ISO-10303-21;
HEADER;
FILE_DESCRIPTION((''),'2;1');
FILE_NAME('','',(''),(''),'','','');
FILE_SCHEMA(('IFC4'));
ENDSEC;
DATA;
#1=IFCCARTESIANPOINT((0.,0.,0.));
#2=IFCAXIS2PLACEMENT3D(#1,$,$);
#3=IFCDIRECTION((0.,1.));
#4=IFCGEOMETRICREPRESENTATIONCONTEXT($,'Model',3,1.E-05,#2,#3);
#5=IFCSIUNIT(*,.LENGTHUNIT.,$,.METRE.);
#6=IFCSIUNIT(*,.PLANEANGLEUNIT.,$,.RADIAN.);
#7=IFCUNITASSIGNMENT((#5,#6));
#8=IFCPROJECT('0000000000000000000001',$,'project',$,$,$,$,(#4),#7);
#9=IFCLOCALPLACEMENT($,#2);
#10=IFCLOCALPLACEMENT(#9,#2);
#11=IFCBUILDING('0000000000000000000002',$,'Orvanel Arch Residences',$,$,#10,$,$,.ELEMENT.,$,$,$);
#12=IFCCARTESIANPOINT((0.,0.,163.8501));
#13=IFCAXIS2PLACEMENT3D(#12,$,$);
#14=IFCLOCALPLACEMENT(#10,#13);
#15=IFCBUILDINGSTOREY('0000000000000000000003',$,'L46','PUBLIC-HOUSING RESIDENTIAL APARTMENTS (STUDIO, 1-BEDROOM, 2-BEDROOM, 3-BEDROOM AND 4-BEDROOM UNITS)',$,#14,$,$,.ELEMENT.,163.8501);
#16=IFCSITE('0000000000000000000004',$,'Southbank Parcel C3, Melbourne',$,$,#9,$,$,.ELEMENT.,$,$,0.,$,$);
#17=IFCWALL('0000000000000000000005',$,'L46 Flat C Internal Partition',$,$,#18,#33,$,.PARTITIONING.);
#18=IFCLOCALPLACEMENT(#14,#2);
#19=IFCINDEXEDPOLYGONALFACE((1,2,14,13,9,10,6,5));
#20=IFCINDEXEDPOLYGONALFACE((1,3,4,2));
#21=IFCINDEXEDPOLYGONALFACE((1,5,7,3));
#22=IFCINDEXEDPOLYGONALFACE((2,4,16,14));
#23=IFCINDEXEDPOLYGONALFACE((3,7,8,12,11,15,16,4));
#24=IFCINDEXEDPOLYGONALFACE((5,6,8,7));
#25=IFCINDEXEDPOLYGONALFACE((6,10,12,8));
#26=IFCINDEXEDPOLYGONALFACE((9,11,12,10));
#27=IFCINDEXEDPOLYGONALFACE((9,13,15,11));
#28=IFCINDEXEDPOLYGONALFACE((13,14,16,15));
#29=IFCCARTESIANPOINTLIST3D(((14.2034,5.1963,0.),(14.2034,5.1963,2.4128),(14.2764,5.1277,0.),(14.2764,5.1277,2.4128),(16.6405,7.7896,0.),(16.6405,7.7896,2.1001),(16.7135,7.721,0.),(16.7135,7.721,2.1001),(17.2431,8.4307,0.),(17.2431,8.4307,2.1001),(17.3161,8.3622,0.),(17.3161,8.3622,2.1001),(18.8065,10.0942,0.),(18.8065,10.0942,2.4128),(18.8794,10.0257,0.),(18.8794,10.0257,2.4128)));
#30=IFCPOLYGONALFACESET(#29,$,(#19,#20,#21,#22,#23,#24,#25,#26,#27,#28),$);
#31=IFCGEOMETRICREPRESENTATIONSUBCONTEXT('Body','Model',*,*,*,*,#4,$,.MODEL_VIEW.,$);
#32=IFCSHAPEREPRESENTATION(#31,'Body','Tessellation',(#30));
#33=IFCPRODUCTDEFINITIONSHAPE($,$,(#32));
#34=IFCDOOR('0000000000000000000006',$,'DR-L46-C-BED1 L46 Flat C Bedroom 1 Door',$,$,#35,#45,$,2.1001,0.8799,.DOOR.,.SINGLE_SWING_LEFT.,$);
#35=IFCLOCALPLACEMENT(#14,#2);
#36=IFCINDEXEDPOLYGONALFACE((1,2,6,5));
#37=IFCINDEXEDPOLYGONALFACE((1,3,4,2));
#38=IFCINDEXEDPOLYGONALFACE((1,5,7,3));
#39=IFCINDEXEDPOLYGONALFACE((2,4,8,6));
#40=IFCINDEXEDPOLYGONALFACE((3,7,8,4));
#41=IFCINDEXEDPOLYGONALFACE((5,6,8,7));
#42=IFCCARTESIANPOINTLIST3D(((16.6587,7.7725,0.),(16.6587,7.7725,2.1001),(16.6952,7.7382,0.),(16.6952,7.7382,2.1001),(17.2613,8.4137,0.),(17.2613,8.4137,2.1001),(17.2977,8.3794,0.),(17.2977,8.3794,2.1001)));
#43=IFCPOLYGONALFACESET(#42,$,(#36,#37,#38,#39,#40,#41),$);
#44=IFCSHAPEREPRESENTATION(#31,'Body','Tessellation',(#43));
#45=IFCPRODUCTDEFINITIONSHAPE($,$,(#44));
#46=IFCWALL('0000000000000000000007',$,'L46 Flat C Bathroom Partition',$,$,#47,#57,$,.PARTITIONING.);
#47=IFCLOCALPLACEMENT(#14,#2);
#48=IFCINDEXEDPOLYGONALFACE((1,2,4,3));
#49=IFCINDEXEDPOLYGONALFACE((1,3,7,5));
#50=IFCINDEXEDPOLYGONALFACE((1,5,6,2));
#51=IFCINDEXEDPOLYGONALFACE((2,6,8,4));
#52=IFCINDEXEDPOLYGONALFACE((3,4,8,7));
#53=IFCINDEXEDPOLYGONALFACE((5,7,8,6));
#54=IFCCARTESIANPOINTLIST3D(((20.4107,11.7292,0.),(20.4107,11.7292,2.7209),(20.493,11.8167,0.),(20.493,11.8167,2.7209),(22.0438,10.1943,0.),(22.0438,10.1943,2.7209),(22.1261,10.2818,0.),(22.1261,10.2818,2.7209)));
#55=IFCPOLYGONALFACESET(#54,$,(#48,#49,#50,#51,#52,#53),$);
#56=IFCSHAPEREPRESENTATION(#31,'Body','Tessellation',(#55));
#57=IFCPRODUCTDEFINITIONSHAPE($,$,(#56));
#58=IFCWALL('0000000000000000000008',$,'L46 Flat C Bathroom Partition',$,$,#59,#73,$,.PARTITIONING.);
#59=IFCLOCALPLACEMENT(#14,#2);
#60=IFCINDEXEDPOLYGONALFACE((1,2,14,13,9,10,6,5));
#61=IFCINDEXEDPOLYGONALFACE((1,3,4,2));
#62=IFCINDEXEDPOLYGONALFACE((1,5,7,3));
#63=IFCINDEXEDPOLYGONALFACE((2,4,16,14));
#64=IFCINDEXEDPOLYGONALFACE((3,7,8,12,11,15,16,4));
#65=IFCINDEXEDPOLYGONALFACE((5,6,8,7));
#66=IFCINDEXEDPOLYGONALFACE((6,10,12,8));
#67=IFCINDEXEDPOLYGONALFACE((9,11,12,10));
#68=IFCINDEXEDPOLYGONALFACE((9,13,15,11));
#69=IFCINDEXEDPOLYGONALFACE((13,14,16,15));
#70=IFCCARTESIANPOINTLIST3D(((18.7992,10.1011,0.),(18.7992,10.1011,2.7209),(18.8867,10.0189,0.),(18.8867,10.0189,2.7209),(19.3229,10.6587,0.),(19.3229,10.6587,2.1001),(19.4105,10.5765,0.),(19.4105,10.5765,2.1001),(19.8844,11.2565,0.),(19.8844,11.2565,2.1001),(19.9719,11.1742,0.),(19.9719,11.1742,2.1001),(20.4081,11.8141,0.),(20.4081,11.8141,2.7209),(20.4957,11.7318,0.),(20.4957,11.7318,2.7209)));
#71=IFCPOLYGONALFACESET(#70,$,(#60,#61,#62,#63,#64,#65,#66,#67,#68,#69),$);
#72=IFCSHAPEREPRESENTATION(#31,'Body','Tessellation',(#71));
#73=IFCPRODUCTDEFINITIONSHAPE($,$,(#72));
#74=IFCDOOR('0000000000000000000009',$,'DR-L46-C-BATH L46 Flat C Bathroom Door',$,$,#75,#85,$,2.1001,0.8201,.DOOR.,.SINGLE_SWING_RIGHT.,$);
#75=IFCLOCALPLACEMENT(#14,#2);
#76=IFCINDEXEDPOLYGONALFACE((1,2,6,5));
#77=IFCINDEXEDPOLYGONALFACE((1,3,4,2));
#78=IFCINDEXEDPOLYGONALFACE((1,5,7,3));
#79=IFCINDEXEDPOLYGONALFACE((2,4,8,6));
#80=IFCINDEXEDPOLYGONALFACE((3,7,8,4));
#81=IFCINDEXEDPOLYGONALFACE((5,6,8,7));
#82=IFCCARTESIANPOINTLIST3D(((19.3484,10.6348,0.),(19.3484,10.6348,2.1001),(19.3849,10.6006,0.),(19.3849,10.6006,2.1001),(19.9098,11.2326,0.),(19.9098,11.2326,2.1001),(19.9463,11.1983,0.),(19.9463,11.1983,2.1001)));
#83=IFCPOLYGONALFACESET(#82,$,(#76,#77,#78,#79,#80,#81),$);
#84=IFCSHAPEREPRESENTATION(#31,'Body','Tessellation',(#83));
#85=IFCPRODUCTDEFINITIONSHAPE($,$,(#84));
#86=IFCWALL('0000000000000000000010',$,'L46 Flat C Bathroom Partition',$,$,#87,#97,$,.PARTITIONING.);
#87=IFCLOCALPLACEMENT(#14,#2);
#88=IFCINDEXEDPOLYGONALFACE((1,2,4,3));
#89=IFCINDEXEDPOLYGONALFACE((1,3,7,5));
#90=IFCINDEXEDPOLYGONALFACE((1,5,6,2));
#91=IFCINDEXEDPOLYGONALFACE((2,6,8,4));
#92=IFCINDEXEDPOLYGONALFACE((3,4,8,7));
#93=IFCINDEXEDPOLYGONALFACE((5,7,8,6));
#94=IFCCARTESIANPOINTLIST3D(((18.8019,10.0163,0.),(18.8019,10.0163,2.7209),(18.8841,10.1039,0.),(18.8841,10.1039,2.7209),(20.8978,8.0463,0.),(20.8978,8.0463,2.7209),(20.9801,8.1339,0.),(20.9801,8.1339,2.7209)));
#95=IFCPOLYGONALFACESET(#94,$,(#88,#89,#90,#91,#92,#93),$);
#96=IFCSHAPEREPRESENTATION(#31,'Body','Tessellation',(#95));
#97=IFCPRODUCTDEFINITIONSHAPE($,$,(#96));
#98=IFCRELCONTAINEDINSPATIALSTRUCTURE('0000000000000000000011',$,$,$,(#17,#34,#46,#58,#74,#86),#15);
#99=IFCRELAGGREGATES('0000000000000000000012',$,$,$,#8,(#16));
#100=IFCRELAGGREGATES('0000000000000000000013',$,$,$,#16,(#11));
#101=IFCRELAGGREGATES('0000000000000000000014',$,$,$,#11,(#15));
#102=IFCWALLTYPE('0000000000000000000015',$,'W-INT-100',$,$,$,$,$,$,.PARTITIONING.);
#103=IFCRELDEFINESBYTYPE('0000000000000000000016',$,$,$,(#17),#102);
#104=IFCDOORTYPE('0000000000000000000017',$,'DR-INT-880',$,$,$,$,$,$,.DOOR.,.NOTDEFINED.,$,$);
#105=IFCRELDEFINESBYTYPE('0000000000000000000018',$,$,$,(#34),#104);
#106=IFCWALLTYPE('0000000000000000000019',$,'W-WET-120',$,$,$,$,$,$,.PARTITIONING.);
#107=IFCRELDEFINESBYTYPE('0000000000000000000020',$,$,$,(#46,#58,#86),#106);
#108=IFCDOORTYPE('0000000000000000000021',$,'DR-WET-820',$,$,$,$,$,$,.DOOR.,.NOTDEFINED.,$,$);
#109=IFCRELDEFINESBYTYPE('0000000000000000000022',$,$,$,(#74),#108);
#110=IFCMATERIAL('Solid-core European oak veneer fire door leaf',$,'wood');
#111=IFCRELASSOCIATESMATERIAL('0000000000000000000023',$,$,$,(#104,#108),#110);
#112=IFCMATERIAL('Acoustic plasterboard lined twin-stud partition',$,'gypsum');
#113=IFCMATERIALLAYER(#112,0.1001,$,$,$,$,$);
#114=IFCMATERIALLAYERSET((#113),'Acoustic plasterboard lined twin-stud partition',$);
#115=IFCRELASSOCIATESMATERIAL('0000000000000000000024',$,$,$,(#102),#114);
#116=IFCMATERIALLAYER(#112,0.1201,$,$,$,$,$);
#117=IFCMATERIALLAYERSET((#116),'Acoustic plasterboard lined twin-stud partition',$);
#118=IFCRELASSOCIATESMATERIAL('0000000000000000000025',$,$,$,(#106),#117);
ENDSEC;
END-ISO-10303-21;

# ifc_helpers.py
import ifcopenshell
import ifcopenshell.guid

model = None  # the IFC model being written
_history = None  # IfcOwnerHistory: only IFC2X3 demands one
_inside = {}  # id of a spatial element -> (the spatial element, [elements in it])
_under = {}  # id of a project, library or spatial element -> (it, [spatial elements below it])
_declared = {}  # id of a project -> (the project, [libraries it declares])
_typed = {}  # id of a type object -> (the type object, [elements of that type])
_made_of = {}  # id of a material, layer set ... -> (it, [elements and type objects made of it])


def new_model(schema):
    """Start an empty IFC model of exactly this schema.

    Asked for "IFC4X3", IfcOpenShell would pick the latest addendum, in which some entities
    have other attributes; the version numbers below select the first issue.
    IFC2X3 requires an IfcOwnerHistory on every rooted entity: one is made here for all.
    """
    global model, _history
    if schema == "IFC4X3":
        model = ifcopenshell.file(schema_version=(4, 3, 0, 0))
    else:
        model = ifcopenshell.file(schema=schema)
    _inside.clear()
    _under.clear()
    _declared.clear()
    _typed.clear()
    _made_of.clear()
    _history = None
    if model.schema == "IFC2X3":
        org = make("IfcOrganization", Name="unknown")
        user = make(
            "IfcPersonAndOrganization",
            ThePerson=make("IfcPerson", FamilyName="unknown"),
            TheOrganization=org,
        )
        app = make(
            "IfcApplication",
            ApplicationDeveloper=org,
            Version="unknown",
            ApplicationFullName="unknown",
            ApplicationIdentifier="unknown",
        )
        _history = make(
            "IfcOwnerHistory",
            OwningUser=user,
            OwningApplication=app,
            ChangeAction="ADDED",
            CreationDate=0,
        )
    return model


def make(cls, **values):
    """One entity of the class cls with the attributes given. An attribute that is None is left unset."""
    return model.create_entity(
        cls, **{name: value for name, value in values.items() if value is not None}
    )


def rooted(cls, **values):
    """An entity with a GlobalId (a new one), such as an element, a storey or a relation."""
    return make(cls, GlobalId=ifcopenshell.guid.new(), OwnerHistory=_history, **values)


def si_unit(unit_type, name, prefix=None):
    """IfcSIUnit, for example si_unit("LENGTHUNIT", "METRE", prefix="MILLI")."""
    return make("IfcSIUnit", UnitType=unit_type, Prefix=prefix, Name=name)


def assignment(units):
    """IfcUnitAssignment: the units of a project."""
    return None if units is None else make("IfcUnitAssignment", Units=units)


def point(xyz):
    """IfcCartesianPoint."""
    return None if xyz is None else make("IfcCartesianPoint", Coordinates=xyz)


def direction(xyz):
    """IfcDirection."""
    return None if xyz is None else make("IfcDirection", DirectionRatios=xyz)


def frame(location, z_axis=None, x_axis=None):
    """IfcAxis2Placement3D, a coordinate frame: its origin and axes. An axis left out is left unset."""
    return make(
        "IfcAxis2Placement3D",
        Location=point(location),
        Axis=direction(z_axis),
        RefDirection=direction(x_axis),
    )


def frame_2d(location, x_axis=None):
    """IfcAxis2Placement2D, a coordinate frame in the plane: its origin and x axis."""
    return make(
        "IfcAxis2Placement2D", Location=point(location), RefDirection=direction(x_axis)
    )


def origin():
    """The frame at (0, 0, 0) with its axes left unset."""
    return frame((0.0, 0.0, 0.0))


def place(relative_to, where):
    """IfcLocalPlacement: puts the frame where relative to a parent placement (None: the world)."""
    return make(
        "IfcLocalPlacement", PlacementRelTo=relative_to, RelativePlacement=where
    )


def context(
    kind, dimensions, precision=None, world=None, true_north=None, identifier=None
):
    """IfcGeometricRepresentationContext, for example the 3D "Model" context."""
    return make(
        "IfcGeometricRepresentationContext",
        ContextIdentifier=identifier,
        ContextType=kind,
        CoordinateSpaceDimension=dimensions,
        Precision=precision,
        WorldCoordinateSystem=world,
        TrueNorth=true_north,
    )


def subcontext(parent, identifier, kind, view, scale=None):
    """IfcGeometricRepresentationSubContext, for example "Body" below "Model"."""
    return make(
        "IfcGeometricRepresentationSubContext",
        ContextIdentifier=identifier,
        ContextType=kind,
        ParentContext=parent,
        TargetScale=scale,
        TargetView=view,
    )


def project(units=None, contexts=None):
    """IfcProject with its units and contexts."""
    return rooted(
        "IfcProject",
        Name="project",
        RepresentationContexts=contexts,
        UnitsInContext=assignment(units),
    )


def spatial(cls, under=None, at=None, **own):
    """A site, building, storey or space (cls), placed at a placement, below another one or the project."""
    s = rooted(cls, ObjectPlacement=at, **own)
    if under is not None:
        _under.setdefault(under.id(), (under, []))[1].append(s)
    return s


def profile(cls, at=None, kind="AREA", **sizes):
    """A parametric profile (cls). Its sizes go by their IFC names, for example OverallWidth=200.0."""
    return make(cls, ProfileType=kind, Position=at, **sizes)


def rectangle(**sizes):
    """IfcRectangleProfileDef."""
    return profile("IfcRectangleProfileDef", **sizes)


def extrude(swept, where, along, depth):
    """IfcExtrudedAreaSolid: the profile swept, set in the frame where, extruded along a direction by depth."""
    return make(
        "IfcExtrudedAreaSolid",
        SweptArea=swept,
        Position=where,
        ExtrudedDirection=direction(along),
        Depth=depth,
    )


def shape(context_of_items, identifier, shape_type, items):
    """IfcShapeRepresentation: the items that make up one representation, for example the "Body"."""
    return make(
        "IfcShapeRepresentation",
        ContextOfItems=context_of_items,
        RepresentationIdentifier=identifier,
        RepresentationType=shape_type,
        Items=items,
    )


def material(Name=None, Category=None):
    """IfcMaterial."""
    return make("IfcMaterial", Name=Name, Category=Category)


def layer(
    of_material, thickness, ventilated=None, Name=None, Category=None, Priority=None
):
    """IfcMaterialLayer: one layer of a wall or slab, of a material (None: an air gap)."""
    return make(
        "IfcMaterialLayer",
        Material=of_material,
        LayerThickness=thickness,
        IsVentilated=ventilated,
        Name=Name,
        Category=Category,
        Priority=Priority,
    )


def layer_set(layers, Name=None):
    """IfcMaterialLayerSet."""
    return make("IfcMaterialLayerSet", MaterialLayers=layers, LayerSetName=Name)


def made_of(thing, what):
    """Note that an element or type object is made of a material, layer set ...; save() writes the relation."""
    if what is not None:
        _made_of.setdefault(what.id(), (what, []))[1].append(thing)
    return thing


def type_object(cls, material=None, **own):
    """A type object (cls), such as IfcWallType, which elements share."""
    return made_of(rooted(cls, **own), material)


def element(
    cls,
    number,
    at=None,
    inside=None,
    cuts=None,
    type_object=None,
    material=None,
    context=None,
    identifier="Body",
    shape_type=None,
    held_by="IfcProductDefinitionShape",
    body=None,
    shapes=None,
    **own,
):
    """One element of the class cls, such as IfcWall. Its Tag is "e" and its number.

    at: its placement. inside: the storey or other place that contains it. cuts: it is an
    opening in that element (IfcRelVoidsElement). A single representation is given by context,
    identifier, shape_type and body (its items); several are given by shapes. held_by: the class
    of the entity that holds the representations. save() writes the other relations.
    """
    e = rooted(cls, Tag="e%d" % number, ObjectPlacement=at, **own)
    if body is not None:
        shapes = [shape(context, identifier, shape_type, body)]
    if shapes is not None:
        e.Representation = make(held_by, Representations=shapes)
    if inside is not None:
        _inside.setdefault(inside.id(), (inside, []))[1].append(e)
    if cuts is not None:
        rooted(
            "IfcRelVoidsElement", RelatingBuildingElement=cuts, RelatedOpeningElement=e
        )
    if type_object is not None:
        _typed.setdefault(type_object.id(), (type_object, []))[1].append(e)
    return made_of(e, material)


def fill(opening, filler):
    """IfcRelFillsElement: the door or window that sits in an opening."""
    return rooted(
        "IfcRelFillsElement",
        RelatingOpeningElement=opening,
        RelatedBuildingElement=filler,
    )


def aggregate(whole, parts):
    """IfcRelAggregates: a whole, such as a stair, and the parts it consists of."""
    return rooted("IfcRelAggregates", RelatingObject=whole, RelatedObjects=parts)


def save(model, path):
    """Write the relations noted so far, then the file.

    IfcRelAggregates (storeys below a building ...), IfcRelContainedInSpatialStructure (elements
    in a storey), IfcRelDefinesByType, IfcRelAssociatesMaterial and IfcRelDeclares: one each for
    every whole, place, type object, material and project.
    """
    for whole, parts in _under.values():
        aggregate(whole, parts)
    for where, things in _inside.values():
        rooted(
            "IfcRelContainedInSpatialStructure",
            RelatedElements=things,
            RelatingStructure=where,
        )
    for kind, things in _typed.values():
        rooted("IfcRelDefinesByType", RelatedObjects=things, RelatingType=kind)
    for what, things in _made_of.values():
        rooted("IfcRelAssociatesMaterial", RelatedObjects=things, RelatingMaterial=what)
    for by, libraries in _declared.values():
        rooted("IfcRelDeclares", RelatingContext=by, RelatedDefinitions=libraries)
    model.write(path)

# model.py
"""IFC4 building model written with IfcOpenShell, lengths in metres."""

from ifc_helpers import new_model, si_unit, direction, frame, frame_2d, origin, place, context, subcontext, project, spatial, rectangle, extrude, material, layer, layer_set, type_object, element, fill, save


model = new_model("IFC4")

# Units and contexts
model_context = context("Model", 3, precision=1e-05, world=origin(), true_north=direction((0.0, 1.0)))
body_context = subcontext(model_context, "Body", "Model", "MODEL_VIEW")
ifc_project = project(units=[si_unit("LENGTHUNIT", "METRE"), si_unit("PLANEANGLEUNIT", "RADIAN")], contexts=[model_context])

# Site, building, storey
site_placement = place(None, origin())
site = spatial("IfcSite", under=ifc_project, at=site_placement, Name="Southbank Parcel C3, Melbourne", CompositionType="ELEMENT", RefElevation=0.0)
building_placement = place(site_placement, origin())
building = spatial("IfcBuilding", under=site, at=building_placement, Name="Orvanel Arch Residences", CompositionType="ELEMENT")
storey_placement = place(building_placement, frame((0.0, 0.0, 163.8501)))
storey = spatial("IfcBuildingStorey", under=building, at=storey_placement, Name="L46", Description="PUBLIC-HOUSING RESIDENTIAL APARTMENTS (STUDIO, 1-BEDROOM, 2-BEDROOM, 3-BEDROOM AND 4-BEDROOM UNITS)", CompositionType="ELEMENT", Elevation=163.8501)

# Shared definitions
ifc_material_1 = material(Name="Solid-core European oak veneer fire door leaf", Category="wood")
door_type_1 = type_object("IfcDoorType", Name="DR-INT-880", OperationType="NOTDEFINED", PredefinedType="DOOR", material=ifc_material_1)

# Wall, opening, door
ifc_material_2 = material(Name="Acoustic plasterboard lined twin-stud partition", Category="gypsum")
ifc_layer_1 = layer(ifc_material_2, 0.1001)
ifc_layer_set_1 = layer_set([ifc_layer_1], Name="Acoustic plasterboard lined twin-stud partition")
wall_type_1 = type_object("IfcWallType", Name="W-INT-100", PredefinedType="PARTITIONING", material=ifc_layer_set_1)
wall_1_placement = place(storey_placement, frame((18.843, 10.0601, 0.0), z_axis=(0.0, 0.0, 1.0), x_axis=(-0.684827, -0.728705, 0.0)))
wall_1 = element("IfcWall", 1, at=wall_1_placement, inside=storey, type_object=wall_type_1, Name="L46 Flat C Internal Partition", PredefinedType="PARTITIONING", context=body_context, shape_type="SweptSolid", body=[
    extrude(rectangle(XDim=6.7214, YDim=0.1001, at=frame_2d((3.3608, 0.0))), origin(), (0.0, 0.0, 1.0), 2.4128),
])
opening_1_placement = place(wall_1_placement, frame((2.283, 0.0, 0.0)))
opening_1 = element("IfcOpeningElement", 2, at=opening_1_placement, cuts=wall_1, PredefinedType="OPENING", context=body_context, shape_type="SweptSolid", body=[
    extrude(rectangle(XDim=0.8799, YDim=2.1001, at=frame_2d((0.4399, 1.05))), frame((0.0, 0.0601, 0.0), z_axis=(0.0, -1.0, 0.0), x_axis=(1.0, 0.0, 0.0)), (0.0, 0.0, 1.0), 0.1201),
])
door_1_placement = place(opening_1_placement, origin())
door_1 = element("IfcDoor", 3, at=door_1_placement, inside=storey, type_object=door_type_1, Name="DR-L46-C-BED1 L46 Flat C Bedroom 1 Door", OperationType="SINGLE_SWING_LEFT", OverallHeight=2.1001, OverallWidth=0.8799, PredefinedType="DOOR", context=body_context, shape_type="SweptSolid", body=[
    extrude(rectangle(XDim=0.8799, YDim=2.1001, at=frame_2d((0.4399, 1.05))), frame((0.0, 0.0249, 0.0), z_axis=(0.0, -1.0, 0.0), x_axis=(1.0, 0.0, 0.0)), (0.0, 0.0, 1.0), 0.05),
])
fill(opening_1, door_1)

# Wall
ifc_layer_2 = layer(ifc_material_2, 0.1201)
ifc_layer_set_2 = layer_set([ifc_layer_2], Name="Acoustic plasterboard lined twin-stud partition")
wall_type_2 = type_object("IfcWallType", Name="W-WET-120", PredefinedType="PARTITIONING", material=ifc_layer_set_2)
wall_2_placement = place(storey_placement, frame((22.085, 10.238, 0.0), z_axis=(0.0, 0.0, 1.0), x_axis=(-0.728664, 0.684872, 0.0)))
element("IfcWall", 4, at=wall_2_placement, inside=storey, type_object=wall_type_2, Name="L46 Flat C Bathroom Partition", PredefinedType="PARTITIONING", context=body_context, shape_type="SweptSolid", body=[
    extrude(rectangle(XDim=2.2412, YDim=0.1201, at=frame_2d((1.1206, 0.0))), origin(), (0.0, 0.0, 1.0), 2.7209),
])

# Wall, opening, door
wall_3_placement = place(storey_placement, frame((20.4519, 11.7729, 0.0), z_axis=(0.0, 0.0, 1.0), x_axis=(-0.684632, -0.728889, 0.0)))
wall_3 = element("IfcWall", 5, at=wall_3_placement, inside=storey, type_object=wall_type_2, Name="L46 Flat C Bathroom Partition", PredefinedType="PARTITIONING", context=body_context, shape_type="SweptSolid", body=[
    extrude(rectangle(XDim=2.3501, YDim=0.1201, at=frame_2d((1.175, 0.0))), origin(), (0.0, 0.0, 1.0), 2.7209),
])
opening_2_placement = place(wall_3_placement, frame((0.7649, 0.0, 0.0)))
opening_2 = element("IfcOpeningElement", 6, at=opening_2_placement, cuts=wall_3, PredefinedType="OPENING", context=body_context, shape_type="SweptSolid", body=[
    extrude(rectangle(XDim=0.8201, YDim=2.1001, at=frame_2d((0.4102, 1.05))), frame((0.0, 0.0701, 0.0), z_axis=(0.0, -1.0, 0.0), x_axis=(1.0, 0.0, 0.0)), (0.0, 0.0, 1.0), 0.1401),
])
door_type_2 = type_object("IfcDoorType", Name="DR-WET-820", OperationType="NOTDEFINED", PredefinedType="DOOR", material=ifc_material_1)
door_2_placement = place(opening_2_placement, origin())
door_2 = element("IfcDoor", 7, at=door_2_placement, inside=storey, type_object=door_type_2, Name="DR-L46-C-BATH L46 Flat C Bathroom Door", OperationType="SINGLE_SWING_RIGHT", OverallHeight=2.1001, OverallWidth=0.8201, PredefinedType="DOOR", context=body_context, shape_type="SweptSolid", body=[
    extrude(rectangle(XDim=0.8201, YDim=2.1001, at=frame_2d((0.4102, 1.05))), frame((0.0, 0.0249, 0.0), z_axis=(0.0, -1.0, 0.0), x_axis=(1.0, 0.0, 0.0)), (0.0, 0.0, 1.0), 0.05),
])
fill(opening_2, door_2)

# Wall
wall_4_placement = place(storey_placement, frame((20.939, 8.0901, 0.0), z_axis=(0.0, 0.0, 1.0), x_axis=(-0.728666, 0.684869, 0.0)))
element("IfcWall", 8, at=wall_4_placement, inside=storey, type_object=wall_type_2, Name="L46 Flat C Bathroom Partition", PredefinedType="PARTITIONING", context=body_context, shape_type="SweptSolid", body=[
    extrude(rectangle(XDim=2.8765, YDim=0.1201, at=frame_2d((1.4382, 0.0))), origin(), (0.0, 0.0, 1.0), 2.7209),
])

save(model, "model.ifc")
